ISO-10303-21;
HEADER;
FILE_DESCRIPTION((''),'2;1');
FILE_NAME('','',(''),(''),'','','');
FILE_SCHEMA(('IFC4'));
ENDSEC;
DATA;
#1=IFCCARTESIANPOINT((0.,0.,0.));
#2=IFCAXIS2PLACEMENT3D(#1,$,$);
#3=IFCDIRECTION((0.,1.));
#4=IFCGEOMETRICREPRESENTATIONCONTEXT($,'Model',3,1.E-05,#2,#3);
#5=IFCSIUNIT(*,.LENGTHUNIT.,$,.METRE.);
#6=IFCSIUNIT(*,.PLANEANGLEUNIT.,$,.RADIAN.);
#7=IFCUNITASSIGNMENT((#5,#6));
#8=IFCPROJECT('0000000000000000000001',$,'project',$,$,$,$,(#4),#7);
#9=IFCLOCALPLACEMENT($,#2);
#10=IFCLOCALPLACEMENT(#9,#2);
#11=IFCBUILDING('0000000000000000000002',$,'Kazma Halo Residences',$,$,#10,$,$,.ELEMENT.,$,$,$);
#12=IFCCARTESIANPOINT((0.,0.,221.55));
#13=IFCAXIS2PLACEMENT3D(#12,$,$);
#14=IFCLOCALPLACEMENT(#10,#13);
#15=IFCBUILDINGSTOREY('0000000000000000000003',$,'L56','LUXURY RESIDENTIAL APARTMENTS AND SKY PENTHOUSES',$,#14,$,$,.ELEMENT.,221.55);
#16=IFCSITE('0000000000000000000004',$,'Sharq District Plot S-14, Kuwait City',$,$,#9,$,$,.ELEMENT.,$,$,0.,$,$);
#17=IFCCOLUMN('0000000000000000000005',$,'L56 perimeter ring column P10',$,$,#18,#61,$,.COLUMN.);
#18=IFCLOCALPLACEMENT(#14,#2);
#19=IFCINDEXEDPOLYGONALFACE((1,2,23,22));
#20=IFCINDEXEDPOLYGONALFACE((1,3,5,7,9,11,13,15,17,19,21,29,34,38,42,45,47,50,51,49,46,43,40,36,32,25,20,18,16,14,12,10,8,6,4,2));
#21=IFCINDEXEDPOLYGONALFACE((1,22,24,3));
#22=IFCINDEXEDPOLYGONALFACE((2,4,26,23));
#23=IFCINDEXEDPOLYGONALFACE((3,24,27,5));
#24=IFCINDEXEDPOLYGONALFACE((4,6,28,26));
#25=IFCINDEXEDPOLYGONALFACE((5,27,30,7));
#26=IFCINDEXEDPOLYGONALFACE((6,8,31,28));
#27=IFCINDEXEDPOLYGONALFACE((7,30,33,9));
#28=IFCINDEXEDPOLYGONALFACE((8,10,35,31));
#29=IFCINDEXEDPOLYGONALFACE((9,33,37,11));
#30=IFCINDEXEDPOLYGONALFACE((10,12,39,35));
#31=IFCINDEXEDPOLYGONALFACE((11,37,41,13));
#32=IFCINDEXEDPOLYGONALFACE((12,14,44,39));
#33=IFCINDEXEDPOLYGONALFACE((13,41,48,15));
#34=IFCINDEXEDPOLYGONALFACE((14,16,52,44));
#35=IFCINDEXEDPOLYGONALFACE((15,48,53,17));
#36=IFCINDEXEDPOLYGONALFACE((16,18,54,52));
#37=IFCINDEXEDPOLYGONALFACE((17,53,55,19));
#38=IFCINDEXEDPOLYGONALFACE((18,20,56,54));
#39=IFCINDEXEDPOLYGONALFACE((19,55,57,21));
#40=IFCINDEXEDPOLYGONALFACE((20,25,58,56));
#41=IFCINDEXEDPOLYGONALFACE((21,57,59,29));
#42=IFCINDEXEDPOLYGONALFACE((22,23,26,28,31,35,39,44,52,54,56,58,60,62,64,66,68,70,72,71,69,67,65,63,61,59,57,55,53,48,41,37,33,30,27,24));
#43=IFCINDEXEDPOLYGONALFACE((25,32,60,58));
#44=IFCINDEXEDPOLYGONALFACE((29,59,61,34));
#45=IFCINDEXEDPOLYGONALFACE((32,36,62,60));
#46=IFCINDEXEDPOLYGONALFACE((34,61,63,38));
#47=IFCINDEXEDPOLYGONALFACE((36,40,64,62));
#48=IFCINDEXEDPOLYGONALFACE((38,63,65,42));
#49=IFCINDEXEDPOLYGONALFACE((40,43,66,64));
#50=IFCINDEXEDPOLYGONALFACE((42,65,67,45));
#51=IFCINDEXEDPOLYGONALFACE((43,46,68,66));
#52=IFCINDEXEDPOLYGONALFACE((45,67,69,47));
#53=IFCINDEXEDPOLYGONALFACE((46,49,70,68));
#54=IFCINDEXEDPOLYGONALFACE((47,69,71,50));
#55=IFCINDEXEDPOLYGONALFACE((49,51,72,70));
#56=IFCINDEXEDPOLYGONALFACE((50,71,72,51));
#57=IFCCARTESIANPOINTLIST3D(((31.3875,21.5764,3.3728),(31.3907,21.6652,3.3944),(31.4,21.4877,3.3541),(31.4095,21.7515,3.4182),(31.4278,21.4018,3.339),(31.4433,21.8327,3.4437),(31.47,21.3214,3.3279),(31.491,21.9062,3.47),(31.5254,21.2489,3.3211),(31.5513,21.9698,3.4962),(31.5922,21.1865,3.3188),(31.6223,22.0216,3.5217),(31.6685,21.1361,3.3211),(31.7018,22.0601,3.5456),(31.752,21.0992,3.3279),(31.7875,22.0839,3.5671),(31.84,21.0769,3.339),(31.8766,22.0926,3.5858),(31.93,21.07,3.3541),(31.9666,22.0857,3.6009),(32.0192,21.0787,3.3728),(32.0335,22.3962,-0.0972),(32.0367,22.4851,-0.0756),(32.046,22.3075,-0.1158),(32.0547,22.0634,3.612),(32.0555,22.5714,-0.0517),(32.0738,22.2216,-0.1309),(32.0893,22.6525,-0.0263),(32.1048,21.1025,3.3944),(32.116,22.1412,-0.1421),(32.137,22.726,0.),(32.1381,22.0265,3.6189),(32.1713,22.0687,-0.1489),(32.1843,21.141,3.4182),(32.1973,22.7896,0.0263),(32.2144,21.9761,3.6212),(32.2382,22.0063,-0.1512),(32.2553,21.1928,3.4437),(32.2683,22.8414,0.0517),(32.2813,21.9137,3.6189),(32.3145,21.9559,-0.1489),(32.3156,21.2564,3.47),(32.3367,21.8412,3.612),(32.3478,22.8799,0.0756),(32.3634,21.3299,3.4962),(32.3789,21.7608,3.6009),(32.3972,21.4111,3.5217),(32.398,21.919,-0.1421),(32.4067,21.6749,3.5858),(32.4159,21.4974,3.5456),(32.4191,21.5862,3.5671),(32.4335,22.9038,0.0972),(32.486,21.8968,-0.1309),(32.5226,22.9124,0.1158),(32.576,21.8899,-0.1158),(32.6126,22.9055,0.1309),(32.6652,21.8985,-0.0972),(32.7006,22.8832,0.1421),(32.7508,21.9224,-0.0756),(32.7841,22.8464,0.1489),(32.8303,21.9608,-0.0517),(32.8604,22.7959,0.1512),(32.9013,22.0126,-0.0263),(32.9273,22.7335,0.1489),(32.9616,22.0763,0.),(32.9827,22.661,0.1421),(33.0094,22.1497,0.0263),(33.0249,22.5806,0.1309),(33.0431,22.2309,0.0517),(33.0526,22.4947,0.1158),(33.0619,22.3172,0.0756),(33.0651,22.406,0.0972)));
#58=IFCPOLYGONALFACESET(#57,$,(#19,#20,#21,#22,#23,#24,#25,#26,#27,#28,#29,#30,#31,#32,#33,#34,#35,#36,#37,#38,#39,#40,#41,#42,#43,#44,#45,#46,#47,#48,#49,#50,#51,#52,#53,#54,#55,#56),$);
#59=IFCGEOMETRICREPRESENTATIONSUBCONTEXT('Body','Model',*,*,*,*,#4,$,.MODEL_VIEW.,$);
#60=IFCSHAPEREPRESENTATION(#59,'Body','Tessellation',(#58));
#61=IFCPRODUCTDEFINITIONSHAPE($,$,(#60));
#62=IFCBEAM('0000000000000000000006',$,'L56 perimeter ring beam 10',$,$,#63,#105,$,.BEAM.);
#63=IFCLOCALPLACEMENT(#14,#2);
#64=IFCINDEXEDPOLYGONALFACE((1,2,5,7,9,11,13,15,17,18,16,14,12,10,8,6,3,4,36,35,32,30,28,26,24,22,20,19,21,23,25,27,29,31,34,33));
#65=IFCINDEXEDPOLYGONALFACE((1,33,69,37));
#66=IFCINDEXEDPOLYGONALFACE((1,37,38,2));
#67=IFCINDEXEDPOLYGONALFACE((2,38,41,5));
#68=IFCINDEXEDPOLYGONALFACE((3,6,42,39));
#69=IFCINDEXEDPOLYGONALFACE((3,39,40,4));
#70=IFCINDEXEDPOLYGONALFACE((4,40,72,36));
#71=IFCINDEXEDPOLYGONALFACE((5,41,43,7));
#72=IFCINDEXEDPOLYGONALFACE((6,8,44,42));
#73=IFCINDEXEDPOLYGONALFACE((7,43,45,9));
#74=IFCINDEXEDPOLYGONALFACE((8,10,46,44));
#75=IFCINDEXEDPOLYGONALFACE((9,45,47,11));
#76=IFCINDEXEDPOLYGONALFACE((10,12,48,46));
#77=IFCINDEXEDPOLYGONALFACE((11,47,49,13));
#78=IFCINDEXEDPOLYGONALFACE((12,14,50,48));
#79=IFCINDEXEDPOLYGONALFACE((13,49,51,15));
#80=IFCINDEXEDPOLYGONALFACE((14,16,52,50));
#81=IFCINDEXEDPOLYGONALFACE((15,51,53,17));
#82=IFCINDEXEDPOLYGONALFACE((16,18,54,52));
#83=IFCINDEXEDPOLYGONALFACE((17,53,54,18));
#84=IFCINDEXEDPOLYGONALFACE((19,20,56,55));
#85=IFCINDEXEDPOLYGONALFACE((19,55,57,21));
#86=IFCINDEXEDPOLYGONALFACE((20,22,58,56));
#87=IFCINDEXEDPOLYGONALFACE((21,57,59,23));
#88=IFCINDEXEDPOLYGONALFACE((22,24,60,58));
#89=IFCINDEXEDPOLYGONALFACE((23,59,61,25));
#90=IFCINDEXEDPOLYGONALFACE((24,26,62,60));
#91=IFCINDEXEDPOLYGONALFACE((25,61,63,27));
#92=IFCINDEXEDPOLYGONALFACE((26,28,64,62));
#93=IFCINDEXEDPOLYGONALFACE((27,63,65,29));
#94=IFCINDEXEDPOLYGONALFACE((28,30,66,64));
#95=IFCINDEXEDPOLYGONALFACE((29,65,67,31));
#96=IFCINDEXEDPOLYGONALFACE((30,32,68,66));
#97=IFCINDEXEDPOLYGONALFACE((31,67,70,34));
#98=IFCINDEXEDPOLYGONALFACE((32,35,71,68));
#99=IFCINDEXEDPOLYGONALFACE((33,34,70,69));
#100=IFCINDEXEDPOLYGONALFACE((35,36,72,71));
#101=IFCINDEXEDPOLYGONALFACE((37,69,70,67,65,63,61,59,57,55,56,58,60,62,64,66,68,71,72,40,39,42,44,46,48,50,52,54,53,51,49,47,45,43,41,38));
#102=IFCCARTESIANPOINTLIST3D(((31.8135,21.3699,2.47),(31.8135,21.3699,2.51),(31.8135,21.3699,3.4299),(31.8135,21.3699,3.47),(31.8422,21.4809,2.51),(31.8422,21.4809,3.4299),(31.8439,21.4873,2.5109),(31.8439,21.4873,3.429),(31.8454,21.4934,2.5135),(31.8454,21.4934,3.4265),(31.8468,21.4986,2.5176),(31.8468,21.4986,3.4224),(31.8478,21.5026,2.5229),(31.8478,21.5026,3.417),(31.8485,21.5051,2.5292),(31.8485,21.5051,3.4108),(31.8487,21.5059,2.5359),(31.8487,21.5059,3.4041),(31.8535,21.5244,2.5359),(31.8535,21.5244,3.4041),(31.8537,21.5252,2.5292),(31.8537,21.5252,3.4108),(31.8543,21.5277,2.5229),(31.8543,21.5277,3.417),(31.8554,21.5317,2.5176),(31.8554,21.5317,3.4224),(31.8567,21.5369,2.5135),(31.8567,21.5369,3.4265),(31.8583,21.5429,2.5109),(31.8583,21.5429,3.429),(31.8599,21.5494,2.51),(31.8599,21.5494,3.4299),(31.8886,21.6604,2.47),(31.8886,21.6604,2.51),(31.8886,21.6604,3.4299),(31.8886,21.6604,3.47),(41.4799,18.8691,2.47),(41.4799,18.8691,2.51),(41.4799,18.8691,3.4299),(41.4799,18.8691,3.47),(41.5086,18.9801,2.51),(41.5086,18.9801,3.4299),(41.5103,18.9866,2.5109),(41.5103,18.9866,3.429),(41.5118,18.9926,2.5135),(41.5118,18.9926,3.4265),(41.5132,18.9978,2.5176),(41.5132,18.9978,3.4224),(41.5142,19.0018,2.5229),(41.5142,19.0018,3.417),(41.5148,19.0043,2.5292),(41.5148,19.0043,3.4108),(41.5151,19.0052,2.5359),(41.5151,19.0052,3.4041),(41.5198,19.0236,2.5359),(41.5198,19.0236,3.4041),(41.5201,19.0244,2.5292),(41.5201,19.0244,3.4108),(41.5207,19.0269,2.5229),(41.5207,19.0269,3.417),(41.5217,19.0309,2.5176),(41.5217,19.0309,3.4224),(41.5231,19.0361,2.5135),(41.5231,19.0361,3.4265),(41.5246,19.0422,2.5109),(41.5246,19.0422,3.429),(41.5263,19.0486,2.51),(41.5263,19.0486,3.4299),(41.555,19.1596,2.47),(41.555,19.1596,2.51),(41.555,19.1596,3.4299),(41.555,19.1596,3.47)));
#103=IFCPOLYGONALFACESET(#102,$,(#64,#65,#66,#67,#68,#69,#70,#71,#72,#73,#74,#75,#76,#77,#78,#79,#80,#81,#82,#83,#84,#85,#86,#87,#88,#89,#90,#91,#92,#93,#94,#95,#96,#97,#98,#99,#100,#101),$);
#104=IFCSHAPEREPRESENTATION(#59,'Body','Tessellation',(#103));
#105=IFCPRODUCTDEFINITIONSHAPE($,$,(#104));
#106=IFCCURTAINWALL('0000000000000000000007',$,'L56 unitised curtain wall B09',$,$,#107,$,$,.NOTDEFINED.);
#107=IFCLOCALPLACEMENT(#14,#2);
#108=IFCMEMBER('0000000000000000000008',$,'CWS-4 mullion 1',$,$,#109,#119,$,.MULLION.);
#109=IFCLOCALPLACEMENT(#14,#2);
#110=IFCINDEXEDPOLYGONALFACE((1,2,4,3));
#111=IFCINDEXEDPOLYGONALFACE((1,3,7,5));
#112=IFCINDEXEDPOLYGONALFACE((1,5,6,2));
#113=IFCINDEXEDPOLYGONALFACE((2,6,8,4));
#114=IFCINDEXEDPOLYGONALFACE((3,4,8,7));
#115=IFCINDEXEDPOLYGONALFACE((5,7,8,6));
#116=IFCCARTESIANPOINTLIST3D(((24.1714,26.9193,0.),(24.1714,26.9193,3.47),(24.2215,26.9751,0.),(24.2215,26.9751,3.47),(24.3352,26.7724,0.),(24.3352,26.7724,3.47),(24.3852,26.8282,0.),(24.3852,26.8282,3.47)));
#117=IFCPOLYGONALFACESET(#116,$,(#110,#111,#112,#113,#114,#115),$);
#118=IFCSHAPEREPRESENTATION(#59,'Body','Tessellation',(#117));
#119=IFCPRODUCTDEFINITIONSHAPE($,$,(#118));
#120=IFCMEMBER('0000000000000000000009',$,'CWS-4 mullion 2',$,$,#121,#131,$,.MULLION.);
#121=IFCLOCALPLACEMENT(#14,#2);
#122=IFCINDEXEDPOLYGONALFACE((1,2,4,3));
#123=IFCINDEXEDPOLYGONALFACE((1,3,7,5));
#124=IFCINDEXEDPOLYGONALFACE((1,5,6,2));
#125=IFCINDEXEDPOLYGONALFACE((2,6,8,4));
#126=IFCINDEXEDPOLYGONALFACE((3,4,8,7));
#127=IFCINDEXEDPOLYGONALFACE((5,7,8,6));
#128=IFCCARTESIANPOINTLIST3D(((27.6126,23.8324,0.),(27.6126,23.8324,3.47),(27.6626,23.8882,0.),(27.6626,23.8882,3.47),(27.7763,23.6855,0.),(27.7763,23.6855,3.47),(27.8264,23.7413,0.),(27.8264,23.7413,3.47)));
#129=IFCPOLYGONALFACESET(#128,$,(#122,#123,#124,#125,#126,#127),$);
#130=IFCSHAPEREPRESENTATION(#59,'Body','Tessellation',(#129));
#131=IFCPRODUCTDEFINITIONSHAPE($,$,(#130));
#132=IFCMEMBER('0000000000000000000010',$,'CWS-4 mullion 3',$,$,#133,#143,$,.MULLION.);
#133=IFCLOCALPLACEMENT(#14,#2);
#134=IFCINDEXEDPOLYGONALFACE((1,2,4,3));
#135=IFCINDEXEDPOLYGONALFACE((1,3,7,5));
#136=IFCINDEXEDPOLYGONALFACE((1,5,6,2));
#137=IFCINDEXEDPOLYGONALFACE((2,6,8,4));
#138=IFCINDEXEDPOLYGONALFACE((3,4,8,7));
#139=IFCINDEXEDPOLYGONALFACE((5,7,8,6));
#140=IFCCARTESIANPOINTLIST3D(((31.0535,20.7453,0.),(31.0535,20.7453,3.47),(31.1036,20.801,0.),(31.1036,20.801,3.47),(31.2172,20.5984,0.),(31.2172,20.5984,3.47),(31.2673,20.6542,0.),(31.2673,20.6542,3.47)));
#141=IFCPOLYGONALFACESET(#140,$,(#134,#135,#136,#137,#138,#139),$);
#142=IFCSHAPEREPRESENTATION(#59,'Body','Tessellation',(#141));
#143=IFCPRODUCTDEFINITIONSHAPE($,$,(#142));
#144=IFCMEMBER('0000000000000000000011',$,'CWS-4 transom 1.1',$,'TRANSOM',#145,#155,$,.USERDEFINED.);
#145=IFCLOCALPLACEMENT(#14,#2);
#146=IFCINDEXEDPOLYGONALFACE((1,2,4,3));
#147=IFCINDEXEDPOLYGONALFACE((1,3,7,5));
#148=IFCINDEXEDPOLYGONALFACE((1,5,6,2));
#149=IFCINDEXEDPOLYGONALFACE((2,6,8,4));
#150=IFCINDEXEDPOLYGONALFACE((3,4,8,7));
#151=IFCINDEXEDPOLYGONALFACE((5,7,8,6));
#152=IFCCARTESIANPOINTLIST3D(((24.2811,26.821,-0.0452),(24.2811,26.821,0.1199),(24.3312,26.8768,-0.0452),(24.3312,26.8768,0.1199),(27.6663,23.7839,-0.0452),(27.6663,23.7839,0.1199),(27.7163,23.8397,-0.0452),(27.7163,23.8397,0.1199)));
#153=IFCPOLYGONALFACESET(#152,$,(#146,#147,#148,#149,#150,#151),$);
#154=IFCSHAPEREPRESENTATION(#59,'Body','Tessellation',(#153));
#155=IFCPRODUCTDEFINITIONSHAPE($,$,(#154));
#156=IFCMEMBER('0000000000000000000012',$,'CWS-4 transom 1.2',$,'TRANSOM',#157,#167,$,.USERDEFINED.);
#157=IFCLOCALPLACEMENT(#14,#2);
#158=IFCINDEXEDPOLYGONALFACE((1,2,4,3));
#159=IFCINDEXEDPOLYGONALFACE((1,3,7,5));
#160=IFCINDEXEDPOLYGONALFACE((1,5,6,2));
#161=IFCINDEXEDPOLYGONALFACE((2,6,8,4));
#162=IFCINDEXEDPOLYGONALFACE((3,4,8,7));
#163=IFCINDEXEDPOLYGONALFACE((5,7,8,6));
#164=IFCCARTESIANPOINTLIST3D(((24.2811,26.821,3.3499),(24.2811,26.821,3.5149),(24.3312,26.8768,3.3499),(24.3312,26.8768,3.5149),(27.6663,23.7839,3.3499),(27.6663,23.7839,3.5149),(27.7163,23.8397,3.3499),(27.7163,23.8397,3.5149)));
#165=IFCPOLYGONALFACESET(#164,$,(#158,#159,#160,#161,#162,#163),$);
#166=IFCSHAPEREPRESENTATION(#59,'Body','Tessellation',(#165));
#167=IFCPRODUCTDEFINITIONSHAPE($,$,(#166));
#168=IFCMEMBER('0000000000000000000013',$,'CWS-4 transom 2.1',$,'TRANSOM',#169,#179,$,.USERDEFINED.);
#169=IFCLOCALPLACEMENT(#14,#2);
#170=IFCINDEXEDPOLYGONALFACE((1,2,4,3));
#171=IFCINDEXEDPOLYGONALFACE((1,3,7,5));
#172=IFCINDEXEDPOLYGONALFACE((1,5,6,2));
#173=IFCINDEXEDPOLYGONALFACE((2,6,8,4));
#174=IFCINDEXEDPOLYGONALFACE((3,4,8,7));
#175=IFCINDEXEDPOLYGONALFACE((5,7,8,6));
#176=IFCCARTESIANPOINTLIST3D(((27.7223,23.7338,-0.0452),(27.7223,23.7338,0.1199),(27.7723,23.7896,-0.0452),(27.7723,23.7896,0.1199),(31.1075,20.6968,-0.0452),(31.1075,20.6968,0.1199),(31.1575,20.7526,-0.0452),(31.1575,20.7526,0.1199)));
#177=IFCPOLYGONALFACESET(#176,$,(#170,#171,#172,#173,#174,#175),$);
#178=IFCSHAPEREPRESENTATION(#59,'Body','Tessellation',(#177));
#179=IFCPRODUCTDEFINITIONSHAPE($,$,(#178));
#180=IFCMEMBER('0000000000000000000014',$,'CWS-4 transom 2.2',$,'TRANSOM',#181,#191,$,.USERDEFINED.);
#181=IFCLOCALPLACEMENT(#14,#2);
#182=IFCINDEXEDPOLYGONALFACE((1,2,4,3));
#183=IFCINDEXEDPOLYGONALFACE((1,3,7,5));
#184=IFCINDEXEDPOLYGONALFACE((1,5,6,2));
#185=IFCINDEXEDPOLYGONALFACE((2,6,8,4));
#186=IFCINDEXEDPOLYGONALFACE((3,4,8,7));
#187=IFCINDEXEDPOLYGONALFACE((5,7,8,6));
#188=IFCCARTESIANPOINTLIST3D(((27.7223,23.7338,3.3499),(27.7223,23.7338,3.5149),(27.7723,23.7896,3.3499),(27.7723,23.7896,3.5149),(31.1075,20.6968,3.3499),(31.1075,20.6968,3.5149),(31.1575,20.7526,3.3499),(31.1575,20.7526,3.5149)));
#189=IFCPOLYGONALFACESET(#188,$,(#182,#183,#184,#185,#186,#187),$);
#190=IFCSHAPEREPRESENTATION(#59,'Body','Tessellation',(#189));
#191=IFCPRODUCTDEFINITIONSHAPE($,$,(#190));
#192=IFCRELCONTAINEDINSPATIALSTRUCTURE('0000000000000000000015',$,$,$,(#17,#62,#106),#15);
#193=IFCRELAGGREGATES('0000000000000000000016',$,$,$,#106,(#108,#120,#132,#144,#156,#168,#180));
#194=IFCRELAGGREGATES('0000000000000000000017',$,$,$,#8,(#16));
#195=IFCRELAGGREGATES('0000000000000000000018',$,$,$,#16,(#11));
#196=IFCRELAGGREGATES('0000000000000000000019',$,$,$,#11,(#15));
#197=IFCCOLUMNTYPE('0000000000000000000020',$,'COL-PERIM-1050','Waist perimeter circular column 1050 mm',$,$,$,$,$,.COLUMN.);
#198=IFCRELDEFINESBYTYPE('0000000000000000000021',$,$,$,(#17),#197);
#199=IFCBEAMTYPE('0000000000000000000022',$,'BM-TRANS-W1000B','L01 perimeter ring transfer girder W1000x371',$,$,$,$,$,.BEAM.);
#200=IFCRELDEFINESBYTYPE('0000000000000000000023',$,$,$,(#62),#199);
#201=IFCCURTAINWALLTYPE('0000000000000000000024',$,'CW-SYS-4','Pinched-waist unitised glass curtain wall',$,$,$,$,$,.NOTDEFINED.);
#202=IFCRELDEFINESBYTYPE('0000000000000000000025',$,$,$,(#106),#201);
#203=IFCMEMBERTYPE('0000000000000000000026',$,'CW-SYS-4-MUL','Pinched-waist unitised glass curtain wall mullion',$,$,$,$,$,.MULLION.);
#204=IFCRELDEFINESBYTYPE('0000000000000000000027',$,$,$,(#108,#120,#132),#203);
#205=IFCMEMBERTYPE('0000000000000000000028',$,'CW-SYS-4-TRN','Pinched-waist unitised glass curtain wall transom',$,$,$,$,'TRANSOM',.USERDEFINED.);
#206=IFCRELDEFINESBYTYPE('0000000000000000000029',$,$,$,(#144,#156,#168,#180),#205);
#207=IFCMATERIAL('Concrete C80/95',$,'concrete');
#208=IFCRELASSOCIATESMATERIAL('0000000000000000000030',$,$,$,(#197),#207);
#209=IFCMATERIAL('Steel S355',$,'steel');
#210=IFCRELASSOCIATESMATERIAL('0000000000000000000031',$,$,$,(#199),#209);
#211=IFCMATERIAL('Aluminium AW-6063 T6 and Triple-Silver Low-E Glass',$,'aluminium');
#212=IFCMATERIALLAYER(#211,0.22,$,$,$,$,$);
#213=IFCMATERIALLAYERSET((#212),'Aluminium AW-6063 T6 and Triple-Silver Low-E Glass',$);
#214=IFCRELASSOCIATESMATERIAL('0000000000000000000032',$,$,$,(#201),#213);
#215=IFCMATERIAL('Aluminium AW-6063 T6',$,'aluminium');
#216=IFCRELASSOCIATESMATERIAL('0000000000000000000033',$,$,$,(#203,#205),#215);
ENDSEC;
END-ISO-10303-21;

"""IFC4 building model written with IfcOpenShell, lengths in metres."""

from ifc_helpers import new_model, si_unit, direction, frame, origin, origin_2d, place, context, subcontext, project, spatial, rectangle, circle, i_section, extrude, material, layer, layer_set, material_profile, profile_set, type_object, element, aggregate, save


model = new_model("IFC4")

# Units and contexts
model_context = context("Model", 3, precision=1e-05, world=origin(), true_north=direction((0.0, 1.0)))
body_context = subcontext(model_context, "Body", "Model", "MODEL_VIEW")
ifc_project = project(units=[si_unit("LENGTHUNIT", "METRE"), si_unit("PLANEANGLEUNIT", "RADIAN")], contexts=[model_context])

# Site, building, storey
site_placement = place(None, origin())
site = spatial("IfcSite", under=ifc_project, at=site_placement, Name="Sharq District Plot S-14, Kuwait City", CompositionType="ELEMENT", RefElevation=0.0)
building_placement = place(site_placement, origin())
building = spatial("IfcBuilding", under=site, at=building_placement, Name="Kazma Halo Residences", CompositionType="ELEMENT")
storey_placement = place(building_placement, frame((0.0, 0.0, 221.55)))
storey = spatial("IfcBuildingStorey", under=building, at=storey_placement, Name="L56", Description="LUXURY RESIDENTIAL APARTMENTS AND SKY PENTHOUSES", CompositionType="ELEMENT", Elevation=221.55)

# Column
ifc_material_1 = material(Name="Concrete C80/95", Category="concrete")
ifc_material_profile_1 = material_profile(ifc_material_1, circle(Radius=0.5249, at=origin_2d()), Name="CIRC1050")
ifc_profile_set_1 = profile_set([ifc_material_profile_1], Name="Concrete C80/95")
column_type = type_object("IfcColumnType", Name="COL-PERIM-1050", Description="Waist perimeter circular column 1050 mm", PredefinedType="COLUMN", material=ifc_profile_set_1)
column_placement = place(storey_placement, frame((32.5493, 22.4011, 0.0), z_axis=(-0.178277, -0.226249, 0.957616), x_axis=(0.785457, -0.618916, 0.0)))
element("IfcColumn", 1, at=column_placement, inside=storey, type_object=column_type, Name="L56 perimeter ring column P10", PredefinedType="COLUMN", context=body_context, shape_type="SweptSolid", body=[
    extrude(circle(Radius=0.5249, at=origin_2d()), origin(), (0.0, 0.0, 1.0), 3.6235),
])

# Beam
ifc_material_2 = material(Name="Steel S355", Category="steel")
ifc_material_profile_2 = material_profile(ifc_material_2, i_section(OverallWidth=0.3, OverallDepth=1.0, WebThickness=0.019, FlangeThickness=0.04, FilletRadius=0.0259, at=origin_2d()), Name="W1000x371")
ifc_profile_set_2 = profile_set([ifc_material_profile_2], Name="Steel S355")
beam_type = type_object("IfcBeamType", Name="BM-TRANS-W1000B", Description="L01 perimeter ring transfer girder W1000x371", PredefinedType="BEAM", material=ifc_profile_set_2)
beam_placement = place(storey_placement, frame((31.8511, 21.5151, 2.97), z_axis=(0.968127, -0.250461, 0.0), x_axis=(0.250461, 0.968127, 0.0)))
element("IfcBeam", 2, at=beam_placement, inside=storey, type_object=beam_type, Name="L56 perimeter ring beam 10", PredefinedType="BEAM", context=body_context, shape_type="SweptSolid", body=[
    extrude(i_section(OverallWidth=0.3, OverallDepth=1.0, WebThickness=0.019, FlangeThickness=0.04, FilletRadius=0.0259, at=origin_2d()), origin(), (0.0, 0.0, 1.0), 9.9846),
])

# Curtain wall, members
ifc_material_3 = material(Name="Aluminium AW-6063 T6 and Triple-Silver Low-E Glass", Category="aluminium")
ifc_layer_1 = layer(ifc_material_3, 0.22)
ifc_layer_set_1 = layer_set([ifc_layer_1], Name="Aluminium AW-6063 T6 and Triple-Silver Low-E Glass")
curtain_wall_type = type_object("IfcCurtainWallType", Name="CW-SYS-4", Description="Pinched-waist unitised glass curtain wall", PredefinedType="NOTDEFINED", material=ifc_layer_set_1)
curtain_wall_placement = place(storey_placement, origin())
curtain_wall = element("IfcCurtainWall", 3, at=curtain_wall_placement, inside=storey, type_object=curtain_wall_type, Name="L56 unitised curtain wall B09", PredefinedType="NOTDEFINED")
ifc_material_4 = material(Name="Aluminium AW-6063 T6", Category="aluminium")
ifc_material_profile_3 = material_profile(ifc_material_4, rectangle(XDim=0.075, YDim=0.22, at=origin_2d()), Name="CWM-75x220")
ifc_profile_set_3 = profile_set([ifc_material_profile_3], Name="Aluminium AW-6063 T6")
member_type_1 = type_object("IfcMemberType", Name="CW-SYS-4-MUL", Description="Pinched-waist unitised glass curtain wall mullion", PredefinedType="MULLION", material=ifc_profile_set_3)
member_1_placement = place(storey_placement, frame((24.2783, 26.8738, 0.0), z_axis=(0.0, 0.0, 1.0), x_axis=(0.667784, 0.744355, 0.0)))
member_1 = element("IfcMember", 4, at=member_1_placement, type_object=member_type_1, Name="CWS-4 mullion 1", PredefinedType="MULLION", context=body_context, shape_type="SweptSolid", body=[
    extrude(rectangle(XDim=0.075, YDim=0.22, at=origin_2d()), origin(), (0.0, 0.0, 1.0), 3.47),
])
member_2_placement = place(storey_placement, frame((27.7195, 23.7869, 0.0), z_axis=(0.0, 0.0, 1.0), x_axis=(0.667784, 0.744355, 0.0)))
member_2 = element("IfcMember", 5, at=member_2_placement, type_object=member_type_1, Name="CWS-4 mullion 2", PredefinedType="MULLION", context=body_context, shape_type="SweptSolid", body=[
    extrude(rectangle(XDim=0.075, YDim=0.22, at=origin_2d()), origin(), (0.0, 0.0, 1.0), 3.47),
])
member_3_placement = place(storey_placement, frame((31.1604, 20.6997, 0.0), z_axis=(0.0, 0.0, 1.0), x_axis=(0.667784, 0.744355, 0.0)))
member_3 = element("IfcMember", 6, at=member_3_placement, type_object=member_type_1, Name="CWS-4 mullion 3", PredefinedType="MULLION", context=body_context, shape_type="SweptSolid", body=[
    extrude(rectangle(XDim=0.075, YDim=0.22, at=origin_2d()), origin(), (0.0, 0.0, 1.0), 3.47),
])
ifc_material_profile_4 = material_profile(ifc_material_4, rectangle(XDim=0.075, YDim=0.165, at=origin_2d()), Name="CWT-75x165")
ifc_profile_set_4 = profile_set([ifc_material_profile_4], Name="Aluminium AW-6063 T6")
member_type_2 = type_object("IfcMemberType", Name="CW-SYS-4-TRN", Description="Pinched-waist unitised glass curtain wall transom", ElementType="TRANSOM", PredefinedType="USERDEFINED", material=ifc_profile_set_4)
member_4_placement = place(storey_placement, frame((24.3062, 26.8489, 0.0374), z_axis=(0.744345, -0.667795, 0.0), x_axis=(0.667795, 0.744345, 0.0)))
member_4 = element("IfcMember", 7, at=member_4_placement, type_object=member_type_2, Name="CWS-4 transom 1.1", ObjectType="TRANSOM", PredefinedType="USERDEFINED", context=body_context, shape_type="SweptSolid", body=[
    extrude(rectangle(XDim=0.075, YDim=0.165, at=origin_2d()), origin(), (0.0, 0.0, 1.0), 4.5479),
])
member_5_placement = place(storey_placement, frame((24.3062, 26.8489, 3.4324), z_axis=(0.744345, -0.667795, 0.0), x_axis=(0.667795, 0.744345, 0.0)))
member_5 = element("IfcMember", 8, at=member_5_placement, type_object=member_type_2, Name="CWS-4 transom 1.2", ObjectType="TRANSOM", PredefinedType="USERDEFINED", context=body_context, shape_type="SweptSolid", body=[
    extrude(rectangle(XDim=0.075, YDim=0.165, at=origin_2d()), origin(), (0.0, 0.0, 1.0), 4.5479),
])
member_6_placement = place(storey_placement, frame((27.7473, 23.7617, 0.0374), z_axis=(0.744345, -0.667795, 0.0), x_axis=(0.667795, 0.744345, 0.0)))
member_6 = element("IfcMember", 9, at=member_6_placement, type_object=member_type_2, Name="CWS-4 transom 2.1", ObjectType="TRANSOM", PredefinedType="USERDEFINED", context=body_context, shape_type="SweptSolid", body=[
    extrude(rectangle(XDim=0.075, YDim=0.165, at=origin_2d()), origin(), (0.0, 0.0, 1.0), 4.5479),
])
member_7_placement = place(storey_placement, frame((27.7473, 23.7617, 3.4324), z_axis=(0.744345, -0.667795, 0.0), x_axis=(0.667795, 0.744345, 0.0)))
member_7 = element("IfcMember", 10, at=member_7_placement, type_object=member_type_2, Name="CWS-4 transom 2.2", ObjectType="TRANSOM", PredefinedType="USERDEFINED", context=body_context, shape_type="SweptSolid", body=[
    extrude(rectangle(XDim=0.075, YDim=0.165, at=origin_2d()), origin(), (0.0, 0.0, 1.0), 4.5479),
])
aggregate(curtain_wall, [member_1, member_2, member_3, member_4, member_5, member_6, member_7])

save(model, "model.ifc")
